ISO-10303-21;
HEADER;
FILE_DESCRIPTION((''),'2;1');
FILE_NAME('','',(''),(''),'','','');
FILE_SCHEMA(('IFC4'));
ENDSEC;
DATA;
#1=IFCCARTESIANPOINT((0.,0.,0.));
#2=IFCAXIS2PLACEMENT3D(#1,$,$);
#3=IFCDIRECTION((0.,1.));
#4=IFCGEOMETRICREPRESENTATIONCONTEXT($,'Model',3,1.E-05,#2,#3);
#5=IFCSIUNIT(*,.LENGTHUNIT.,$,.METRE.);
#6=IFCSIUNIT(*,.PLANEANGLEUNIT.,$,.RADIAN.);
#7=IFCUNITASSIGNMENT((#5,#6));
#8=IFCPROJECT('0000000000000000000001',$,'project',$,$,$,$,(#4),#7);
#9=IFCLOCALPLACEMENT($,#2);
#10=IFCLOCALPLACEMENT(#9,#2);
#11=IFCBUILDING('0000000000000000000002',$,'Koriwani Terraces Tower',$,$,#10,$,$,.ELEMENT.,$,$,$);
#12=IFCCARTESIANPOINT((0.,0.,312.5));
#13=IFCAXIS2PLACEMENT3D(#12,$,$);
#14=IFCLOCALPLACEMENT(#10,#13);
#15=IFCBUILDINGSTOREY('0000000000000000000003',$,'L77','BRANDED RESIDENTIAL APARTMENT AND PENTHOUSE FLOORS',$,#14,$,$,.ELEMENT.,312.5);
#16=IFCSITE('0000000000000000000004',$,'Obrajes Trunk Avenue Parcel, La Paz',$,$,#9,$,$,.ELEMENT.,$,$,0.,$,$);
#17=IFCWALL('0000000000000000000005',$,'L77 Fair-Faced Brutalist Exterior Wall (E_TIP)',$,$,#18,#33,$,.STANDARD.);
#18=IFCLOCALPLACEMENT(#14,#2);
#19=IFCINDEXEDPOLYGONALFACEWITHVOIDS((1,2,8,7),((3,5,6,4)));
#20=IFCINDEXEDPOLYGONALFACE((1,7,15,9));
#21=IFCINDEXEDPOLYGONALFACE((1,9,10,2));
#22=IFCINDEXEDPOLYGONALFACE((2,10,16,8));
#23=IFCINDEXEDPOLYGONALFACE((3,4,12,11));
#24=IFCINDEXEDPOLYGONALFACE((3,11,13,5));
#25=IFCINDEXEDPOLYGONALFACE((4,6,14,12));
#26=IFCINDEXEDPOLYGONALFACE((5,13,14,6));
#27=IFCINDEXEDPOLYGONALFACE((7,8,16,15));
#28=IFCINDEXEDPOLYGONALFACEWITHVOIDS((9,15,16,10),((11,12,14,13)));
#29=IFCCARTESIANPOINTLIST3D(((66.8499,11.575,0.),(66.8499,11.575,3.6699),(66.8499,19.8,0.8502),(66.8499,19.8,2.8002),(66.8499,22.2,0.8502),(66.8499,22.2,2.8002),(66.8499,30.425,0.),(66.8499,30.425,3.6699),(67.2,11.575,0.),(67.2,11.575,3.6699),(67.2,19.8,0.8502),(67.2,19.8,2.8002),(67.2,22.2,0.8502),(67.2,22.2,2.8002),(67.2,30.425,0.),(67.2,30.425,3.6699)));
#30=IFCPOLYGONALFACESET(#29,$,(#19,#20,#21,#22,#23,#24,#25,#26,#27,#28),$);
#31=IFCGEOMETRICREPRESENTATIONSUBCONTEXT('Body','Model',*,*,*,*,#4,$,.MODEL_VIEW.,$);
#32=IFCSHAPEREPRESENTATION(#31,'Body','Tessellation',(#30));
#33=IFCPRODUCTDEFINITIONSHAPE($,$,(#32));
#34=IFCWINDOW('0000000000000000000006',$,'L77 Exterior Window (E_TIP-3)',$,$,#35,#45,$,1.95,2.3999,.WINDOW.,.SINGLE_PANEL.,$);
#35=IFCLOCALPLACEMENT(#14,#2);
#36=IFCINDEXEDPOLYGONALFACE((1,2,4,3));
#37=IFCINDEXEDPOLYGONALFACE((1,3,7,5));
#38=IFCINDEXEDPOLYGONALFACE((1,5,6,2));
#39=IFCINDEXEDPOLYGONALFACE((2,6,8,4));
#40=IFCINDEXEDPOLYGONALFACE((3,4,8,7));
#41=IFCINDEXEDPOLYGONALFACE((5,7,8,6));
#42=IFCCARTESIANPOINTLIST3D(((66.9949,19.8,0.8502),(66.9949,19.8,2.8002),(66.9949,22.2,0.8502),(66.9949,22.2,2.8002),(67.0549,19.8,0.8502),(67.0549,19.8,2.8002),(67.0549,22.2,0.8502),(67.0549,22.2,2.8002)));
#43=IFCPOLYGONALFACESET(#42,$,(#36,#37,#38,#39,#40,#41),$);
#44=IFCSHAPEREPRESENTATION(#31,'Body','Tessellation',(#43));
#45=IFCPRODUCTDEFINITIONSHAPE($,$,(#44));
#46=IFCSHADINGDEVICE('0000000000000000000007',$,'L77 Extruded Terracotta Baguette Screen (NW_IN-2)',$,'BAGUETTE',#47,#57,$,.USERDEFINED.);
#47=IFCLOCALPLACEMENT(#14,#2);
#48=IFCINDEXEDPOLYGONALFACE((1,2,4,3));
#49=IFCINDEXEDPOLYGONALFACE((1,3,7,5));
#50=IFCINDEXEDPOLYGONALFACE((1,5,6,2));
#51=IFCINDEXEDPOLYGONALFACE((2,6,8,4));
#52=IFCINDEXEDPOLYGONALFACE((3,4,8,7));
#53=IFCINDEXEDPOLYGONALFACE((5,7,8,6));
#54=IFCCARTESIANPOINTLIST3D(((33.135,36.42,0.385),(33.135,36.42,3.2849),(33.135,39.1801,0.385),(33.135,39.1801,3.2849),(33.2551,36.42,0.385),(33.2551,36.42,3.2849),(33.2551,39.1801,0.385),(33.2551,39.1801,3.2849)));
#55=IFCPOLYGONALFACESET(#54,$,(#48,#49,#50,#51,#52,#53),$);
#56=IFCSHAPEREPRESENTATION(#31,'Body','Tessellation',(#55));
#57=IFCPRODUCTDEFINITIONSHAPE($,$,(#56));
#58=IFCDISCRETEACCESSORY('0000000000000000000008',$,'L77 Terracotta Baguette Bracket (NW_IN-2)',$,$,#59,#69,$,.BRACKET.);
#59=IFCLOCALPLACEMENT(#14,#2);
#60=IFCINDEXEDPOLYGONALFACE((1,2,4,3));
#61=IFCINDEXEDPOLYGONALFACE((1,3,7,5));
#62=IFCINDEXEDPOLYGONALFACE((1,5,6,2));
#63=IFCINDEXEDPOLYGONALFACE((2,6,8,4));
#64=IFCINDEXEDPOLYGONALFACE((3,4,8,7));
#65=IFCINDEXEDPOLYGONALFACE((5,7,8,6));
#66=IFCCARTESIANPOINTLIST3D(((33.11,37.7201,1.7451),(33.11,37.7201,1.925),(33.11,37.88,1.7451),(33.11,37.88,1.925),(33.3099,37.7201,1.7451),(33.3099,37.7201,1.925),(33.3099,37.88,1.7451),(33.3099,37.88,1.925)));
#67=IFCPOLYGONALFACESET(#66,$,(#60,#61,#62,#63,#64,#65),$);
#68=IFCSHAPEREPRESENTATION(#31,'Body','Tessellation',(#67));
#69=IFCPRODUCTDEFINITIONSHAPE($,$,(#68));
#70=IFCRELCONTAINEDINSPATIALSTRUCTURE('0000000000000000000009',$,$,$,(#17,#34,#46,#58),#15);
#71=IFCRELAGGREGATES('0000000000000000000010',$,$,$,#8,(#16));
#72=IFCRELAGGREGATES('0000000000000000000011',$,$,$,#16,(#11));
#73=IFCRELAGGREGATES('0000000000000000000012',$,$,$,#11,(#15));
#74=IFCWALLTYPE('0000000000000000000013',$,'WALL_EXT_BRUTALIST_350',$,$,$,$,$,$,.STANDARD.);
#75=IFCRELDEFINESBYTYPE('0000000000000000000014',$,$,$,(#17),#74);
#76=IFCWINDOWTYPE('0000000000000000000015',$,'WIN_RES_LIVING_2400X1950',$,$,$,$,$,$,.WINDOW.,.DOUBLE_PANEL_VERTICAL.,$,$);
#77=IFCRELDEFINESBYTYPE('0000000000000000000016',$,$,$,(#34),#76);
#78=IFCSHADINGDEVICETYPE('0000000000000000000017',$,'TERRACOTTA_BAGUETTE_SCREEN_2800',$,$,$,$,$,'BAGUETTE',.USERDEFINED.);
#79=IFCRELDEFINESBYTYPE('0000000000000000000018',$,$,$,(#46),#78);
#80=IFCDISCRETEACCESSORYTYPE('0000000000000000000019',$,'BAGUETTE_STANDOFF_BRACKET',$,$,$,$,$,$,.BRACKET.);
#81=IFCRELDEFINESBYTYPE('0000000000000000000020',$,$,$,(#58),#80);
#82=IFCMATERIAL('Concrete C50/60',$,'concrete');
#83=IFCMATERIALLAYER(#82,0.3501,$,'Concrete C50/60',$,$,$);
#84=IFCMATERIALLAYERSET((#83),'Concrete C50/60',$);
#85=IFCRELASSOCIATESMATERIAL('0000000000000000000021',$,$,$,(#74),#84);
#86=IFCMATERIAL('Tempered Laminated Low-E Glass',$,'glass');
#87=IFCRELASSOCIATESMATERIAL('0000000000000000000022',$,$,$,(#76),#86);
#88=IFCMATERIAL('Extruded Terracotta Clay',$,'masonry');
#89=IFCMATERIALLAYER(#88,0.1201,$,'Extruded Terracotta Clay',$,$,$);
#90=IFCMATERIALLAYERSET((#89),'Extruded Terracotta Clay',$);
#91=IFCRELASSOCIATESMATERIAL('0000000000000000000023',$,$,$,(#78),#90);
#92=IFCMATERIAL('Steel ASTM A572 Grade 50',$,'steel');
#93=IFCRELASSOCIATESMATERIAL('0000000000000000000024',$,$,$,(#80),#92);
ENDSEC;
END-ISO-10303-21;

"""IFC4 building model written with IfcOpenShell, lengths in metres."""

from ifc_helpers import new_model, si_unit, direction, frame, frame_2d, origin, origin_2d, place, context, subcontext, project, spatial, rectangle, extrude, material, layer, layer_set, type_object, element, fill, save


model = new_model("IFC4")

# Units and contexts
model_context = context("Model", 3, precision=1e-05, world=origin(), true_north=direction((0.0, 1.0)))
body_context = subcontext(model_context, "Body", "Model", "MODEL_VIEW")
ifc_project = project(units=[si_unit("LENGTHUNIT", "METRE"), si_unit("PLANEANGLEUNIT", "RADIAN")], contexts=[model_context])

# Site, building, storey
site_placement = place(None, origin())
site = spatial("IfcSite", under=ifc_project, at=site_placement, Name="Obrajes Trunk Avenue Parcel, La Paz", CompositionType="ELEMENT", RefElevation=0.0)
building_placement = place(site_placement, origin())
building = spatial("IfcBuilding", under=site, at=building_placement, Name="Koriwani Terraces Tower", CompositionType="ELEMENT")
storey_placement = place(building_placement, frame((0.0, 0.0, 312.5)))
storey = spatial("IfcBuildingStorey", under=building, at=storey_placement, Name="L77", Description="BRANDED RESIDENTIAL APARTMENT AND PENTHOUSE FLOORS", CompositionType="ELEMENT", Elevation=312.5)

# Shared definitions
ifc_material_1 = material(Name="Concrete C50/60", Category="concrete")

# Shared definitions
ifc_layer_1 = layer(ifc_material_1, 0.3501, Name="Concrete C50/60")
ifc_layer_set_1 = layer_set([ifc_layer_1], Name="Concrete C50/60")
wall_type_1 = type_object("IfcWallType", Name="WALL_EXT_BRUTALIST_350", PredefinedType="STANDARD", material=ifc_layer_set_1)

# Wall, opening, window
wall_1_placement = place(storey_placement, frame((67.0249, 30.425, 0.0), z_axis=(0.0, 0.0, 1.0), x_axis=(0.0, -1.0, 0.0)))
wall_1 = element("IfcWall", 1, at=wall_1_placement, inside=storey, type_object=wall_type_1, Name="L77 Fair-Faced Brutalist Exterior Wall (E_TIP)", PredefinedType="STANDARD", context=body_context, shape_type="SweptSolid", body=[
    extrude(rectangle(XDim=18.8501, YDim=0.3501, at=frame_2d((9.425, 0.0))), origin(), (0.0, 0.0, 1.0), 3.6699),
])
opening_1_placement = place(wall_1_placement, frame((8.2251, 0.0, 0.8501)))
opening_1 = element("IfcOpeningElement", 2, at=opening_1_placement, cuts=wall_1, PredefinedType="OPENING", context=body_context, shape_type="SweptSolid", body=[
    extrude(rectangle(XDim=2.3999, YDim=1.95, at=frame_2d((1.2, 0.9751))), frame((0.0, 0.1851, 0.0), z_axis=(0.0, -1.0, 0.0), x_axis=(1.0, 0.0, 0.0)), (0.0, 0.0, 1.0), 0.3701),
])
ifc_material_2 = material(Name="Tempered Laminated Low-E Glass", Category="glass")
window_type = type_object("IfcWindowType", Name="WIN_RES_LIVING_2400X1950", PartitioningType="DOUBLE_PANEL_VERTICAL", PredefinedType="WINDOW", material=ifc_material_2)
window_placement = place(opening_1_placement, origin())
window = element("IfcWindow", 3, at=window_placement, inside=storey, type_object=window_type, Name="L77 Exterior Window (E_TIP-3)", OverallHeight=1.95, OverallWidth=2.3999, PartitioningType="SINGLE_PANEL", PredefinedType="WINDOW", context=body_context, shape_type="SweptSolid", body=[
    extrude(rectangle(XDim=2.3999, YDim=1.95, at=frame_2d((1.2, 0.9751))), frame((0.0, 0.03, 0.0), z_axis=(0.0, -1.0, 0.0), x_axis=(1.0, 0.0, 0.0)), (0.0, 0.0, 1.0), 0.0601),
])
fill(opening_1, window)

# Shared definitions
ifc_material_3 = material(Name="Steel ASTM A572 Grade 50", Category="steel")

# Shading device
ifc_material_4 = material(Name="Extruded Terracotta Clay", Category="masonry")
ifc_layer_2 = layer(ifc_material_4, 0.1201, Name="Extruded Terracotta Clay")
ifc_layer_set_2 = layer_set([ifc_layer_2], Name="Extruded Terracotta Clay")
shading_device_type = type_object("IfcShadingDeviceType", Name="TERRACOTTA_BAGUETTE_SCREEN_2800", ElementType="BAGUETTE", PredefinedType="USERDEFINED", material=ifc_layer_set_2)
shading_device_placement = place(storey_placement, frame((33.1951, 37.8, 0.385), z_axis=(0.0, 0.0, 1.0), x_axis=(0.0, -1.0, 0.0)))
element("IfcShadingDevice", 4, at=shading_device_placement, inside=storey, type_object=shading_device_type, Name="L77 Extruded Terracotta Baguette Screen (NW_IN-2)", ObjectType="BAGUETTE", PredefinedType="USERDEFINED", context=body_context, shape_type="SweptSolid", body=[
    extrude(rectangle(XDim=2.76, YDim=0.1201, at=origin_2d()), origin(), (0.0, 0.0, 1.0), 2.8999),
])

# Discrete accessory
discrete_accessory_type = type_object("IfcDiscreteAccessoryType", Name="BAGUETTE_STANDOFF_BRACKET", PredefinedType="BRACKET", material=ifc_material_3)
discrete_accessory_placement = place(storey_placement, frame((33.21, 37.8, 1.7451), z_axis=(0.0, 0.0, 1.0), x_axis=(0.0, -1.0, 0.0)))
element("IfcDiscreteAccessory", 5, at=discrete_accessory_placement, inside=storey, type_object=discrete_accessory_type, Name="L77 Terracotta Baguette Bracket (NW_IN-2)", PredefinedType="BRACKET", context=body_context, shape_type="SweptSolid", body=[
    extrude(rectangle(XDim=0.1599, YDim=0.2, at=origin_2d()), origin(), (0.0, 0.0, 1.0), 0.1799),
])

save(model, "model.ifc")
